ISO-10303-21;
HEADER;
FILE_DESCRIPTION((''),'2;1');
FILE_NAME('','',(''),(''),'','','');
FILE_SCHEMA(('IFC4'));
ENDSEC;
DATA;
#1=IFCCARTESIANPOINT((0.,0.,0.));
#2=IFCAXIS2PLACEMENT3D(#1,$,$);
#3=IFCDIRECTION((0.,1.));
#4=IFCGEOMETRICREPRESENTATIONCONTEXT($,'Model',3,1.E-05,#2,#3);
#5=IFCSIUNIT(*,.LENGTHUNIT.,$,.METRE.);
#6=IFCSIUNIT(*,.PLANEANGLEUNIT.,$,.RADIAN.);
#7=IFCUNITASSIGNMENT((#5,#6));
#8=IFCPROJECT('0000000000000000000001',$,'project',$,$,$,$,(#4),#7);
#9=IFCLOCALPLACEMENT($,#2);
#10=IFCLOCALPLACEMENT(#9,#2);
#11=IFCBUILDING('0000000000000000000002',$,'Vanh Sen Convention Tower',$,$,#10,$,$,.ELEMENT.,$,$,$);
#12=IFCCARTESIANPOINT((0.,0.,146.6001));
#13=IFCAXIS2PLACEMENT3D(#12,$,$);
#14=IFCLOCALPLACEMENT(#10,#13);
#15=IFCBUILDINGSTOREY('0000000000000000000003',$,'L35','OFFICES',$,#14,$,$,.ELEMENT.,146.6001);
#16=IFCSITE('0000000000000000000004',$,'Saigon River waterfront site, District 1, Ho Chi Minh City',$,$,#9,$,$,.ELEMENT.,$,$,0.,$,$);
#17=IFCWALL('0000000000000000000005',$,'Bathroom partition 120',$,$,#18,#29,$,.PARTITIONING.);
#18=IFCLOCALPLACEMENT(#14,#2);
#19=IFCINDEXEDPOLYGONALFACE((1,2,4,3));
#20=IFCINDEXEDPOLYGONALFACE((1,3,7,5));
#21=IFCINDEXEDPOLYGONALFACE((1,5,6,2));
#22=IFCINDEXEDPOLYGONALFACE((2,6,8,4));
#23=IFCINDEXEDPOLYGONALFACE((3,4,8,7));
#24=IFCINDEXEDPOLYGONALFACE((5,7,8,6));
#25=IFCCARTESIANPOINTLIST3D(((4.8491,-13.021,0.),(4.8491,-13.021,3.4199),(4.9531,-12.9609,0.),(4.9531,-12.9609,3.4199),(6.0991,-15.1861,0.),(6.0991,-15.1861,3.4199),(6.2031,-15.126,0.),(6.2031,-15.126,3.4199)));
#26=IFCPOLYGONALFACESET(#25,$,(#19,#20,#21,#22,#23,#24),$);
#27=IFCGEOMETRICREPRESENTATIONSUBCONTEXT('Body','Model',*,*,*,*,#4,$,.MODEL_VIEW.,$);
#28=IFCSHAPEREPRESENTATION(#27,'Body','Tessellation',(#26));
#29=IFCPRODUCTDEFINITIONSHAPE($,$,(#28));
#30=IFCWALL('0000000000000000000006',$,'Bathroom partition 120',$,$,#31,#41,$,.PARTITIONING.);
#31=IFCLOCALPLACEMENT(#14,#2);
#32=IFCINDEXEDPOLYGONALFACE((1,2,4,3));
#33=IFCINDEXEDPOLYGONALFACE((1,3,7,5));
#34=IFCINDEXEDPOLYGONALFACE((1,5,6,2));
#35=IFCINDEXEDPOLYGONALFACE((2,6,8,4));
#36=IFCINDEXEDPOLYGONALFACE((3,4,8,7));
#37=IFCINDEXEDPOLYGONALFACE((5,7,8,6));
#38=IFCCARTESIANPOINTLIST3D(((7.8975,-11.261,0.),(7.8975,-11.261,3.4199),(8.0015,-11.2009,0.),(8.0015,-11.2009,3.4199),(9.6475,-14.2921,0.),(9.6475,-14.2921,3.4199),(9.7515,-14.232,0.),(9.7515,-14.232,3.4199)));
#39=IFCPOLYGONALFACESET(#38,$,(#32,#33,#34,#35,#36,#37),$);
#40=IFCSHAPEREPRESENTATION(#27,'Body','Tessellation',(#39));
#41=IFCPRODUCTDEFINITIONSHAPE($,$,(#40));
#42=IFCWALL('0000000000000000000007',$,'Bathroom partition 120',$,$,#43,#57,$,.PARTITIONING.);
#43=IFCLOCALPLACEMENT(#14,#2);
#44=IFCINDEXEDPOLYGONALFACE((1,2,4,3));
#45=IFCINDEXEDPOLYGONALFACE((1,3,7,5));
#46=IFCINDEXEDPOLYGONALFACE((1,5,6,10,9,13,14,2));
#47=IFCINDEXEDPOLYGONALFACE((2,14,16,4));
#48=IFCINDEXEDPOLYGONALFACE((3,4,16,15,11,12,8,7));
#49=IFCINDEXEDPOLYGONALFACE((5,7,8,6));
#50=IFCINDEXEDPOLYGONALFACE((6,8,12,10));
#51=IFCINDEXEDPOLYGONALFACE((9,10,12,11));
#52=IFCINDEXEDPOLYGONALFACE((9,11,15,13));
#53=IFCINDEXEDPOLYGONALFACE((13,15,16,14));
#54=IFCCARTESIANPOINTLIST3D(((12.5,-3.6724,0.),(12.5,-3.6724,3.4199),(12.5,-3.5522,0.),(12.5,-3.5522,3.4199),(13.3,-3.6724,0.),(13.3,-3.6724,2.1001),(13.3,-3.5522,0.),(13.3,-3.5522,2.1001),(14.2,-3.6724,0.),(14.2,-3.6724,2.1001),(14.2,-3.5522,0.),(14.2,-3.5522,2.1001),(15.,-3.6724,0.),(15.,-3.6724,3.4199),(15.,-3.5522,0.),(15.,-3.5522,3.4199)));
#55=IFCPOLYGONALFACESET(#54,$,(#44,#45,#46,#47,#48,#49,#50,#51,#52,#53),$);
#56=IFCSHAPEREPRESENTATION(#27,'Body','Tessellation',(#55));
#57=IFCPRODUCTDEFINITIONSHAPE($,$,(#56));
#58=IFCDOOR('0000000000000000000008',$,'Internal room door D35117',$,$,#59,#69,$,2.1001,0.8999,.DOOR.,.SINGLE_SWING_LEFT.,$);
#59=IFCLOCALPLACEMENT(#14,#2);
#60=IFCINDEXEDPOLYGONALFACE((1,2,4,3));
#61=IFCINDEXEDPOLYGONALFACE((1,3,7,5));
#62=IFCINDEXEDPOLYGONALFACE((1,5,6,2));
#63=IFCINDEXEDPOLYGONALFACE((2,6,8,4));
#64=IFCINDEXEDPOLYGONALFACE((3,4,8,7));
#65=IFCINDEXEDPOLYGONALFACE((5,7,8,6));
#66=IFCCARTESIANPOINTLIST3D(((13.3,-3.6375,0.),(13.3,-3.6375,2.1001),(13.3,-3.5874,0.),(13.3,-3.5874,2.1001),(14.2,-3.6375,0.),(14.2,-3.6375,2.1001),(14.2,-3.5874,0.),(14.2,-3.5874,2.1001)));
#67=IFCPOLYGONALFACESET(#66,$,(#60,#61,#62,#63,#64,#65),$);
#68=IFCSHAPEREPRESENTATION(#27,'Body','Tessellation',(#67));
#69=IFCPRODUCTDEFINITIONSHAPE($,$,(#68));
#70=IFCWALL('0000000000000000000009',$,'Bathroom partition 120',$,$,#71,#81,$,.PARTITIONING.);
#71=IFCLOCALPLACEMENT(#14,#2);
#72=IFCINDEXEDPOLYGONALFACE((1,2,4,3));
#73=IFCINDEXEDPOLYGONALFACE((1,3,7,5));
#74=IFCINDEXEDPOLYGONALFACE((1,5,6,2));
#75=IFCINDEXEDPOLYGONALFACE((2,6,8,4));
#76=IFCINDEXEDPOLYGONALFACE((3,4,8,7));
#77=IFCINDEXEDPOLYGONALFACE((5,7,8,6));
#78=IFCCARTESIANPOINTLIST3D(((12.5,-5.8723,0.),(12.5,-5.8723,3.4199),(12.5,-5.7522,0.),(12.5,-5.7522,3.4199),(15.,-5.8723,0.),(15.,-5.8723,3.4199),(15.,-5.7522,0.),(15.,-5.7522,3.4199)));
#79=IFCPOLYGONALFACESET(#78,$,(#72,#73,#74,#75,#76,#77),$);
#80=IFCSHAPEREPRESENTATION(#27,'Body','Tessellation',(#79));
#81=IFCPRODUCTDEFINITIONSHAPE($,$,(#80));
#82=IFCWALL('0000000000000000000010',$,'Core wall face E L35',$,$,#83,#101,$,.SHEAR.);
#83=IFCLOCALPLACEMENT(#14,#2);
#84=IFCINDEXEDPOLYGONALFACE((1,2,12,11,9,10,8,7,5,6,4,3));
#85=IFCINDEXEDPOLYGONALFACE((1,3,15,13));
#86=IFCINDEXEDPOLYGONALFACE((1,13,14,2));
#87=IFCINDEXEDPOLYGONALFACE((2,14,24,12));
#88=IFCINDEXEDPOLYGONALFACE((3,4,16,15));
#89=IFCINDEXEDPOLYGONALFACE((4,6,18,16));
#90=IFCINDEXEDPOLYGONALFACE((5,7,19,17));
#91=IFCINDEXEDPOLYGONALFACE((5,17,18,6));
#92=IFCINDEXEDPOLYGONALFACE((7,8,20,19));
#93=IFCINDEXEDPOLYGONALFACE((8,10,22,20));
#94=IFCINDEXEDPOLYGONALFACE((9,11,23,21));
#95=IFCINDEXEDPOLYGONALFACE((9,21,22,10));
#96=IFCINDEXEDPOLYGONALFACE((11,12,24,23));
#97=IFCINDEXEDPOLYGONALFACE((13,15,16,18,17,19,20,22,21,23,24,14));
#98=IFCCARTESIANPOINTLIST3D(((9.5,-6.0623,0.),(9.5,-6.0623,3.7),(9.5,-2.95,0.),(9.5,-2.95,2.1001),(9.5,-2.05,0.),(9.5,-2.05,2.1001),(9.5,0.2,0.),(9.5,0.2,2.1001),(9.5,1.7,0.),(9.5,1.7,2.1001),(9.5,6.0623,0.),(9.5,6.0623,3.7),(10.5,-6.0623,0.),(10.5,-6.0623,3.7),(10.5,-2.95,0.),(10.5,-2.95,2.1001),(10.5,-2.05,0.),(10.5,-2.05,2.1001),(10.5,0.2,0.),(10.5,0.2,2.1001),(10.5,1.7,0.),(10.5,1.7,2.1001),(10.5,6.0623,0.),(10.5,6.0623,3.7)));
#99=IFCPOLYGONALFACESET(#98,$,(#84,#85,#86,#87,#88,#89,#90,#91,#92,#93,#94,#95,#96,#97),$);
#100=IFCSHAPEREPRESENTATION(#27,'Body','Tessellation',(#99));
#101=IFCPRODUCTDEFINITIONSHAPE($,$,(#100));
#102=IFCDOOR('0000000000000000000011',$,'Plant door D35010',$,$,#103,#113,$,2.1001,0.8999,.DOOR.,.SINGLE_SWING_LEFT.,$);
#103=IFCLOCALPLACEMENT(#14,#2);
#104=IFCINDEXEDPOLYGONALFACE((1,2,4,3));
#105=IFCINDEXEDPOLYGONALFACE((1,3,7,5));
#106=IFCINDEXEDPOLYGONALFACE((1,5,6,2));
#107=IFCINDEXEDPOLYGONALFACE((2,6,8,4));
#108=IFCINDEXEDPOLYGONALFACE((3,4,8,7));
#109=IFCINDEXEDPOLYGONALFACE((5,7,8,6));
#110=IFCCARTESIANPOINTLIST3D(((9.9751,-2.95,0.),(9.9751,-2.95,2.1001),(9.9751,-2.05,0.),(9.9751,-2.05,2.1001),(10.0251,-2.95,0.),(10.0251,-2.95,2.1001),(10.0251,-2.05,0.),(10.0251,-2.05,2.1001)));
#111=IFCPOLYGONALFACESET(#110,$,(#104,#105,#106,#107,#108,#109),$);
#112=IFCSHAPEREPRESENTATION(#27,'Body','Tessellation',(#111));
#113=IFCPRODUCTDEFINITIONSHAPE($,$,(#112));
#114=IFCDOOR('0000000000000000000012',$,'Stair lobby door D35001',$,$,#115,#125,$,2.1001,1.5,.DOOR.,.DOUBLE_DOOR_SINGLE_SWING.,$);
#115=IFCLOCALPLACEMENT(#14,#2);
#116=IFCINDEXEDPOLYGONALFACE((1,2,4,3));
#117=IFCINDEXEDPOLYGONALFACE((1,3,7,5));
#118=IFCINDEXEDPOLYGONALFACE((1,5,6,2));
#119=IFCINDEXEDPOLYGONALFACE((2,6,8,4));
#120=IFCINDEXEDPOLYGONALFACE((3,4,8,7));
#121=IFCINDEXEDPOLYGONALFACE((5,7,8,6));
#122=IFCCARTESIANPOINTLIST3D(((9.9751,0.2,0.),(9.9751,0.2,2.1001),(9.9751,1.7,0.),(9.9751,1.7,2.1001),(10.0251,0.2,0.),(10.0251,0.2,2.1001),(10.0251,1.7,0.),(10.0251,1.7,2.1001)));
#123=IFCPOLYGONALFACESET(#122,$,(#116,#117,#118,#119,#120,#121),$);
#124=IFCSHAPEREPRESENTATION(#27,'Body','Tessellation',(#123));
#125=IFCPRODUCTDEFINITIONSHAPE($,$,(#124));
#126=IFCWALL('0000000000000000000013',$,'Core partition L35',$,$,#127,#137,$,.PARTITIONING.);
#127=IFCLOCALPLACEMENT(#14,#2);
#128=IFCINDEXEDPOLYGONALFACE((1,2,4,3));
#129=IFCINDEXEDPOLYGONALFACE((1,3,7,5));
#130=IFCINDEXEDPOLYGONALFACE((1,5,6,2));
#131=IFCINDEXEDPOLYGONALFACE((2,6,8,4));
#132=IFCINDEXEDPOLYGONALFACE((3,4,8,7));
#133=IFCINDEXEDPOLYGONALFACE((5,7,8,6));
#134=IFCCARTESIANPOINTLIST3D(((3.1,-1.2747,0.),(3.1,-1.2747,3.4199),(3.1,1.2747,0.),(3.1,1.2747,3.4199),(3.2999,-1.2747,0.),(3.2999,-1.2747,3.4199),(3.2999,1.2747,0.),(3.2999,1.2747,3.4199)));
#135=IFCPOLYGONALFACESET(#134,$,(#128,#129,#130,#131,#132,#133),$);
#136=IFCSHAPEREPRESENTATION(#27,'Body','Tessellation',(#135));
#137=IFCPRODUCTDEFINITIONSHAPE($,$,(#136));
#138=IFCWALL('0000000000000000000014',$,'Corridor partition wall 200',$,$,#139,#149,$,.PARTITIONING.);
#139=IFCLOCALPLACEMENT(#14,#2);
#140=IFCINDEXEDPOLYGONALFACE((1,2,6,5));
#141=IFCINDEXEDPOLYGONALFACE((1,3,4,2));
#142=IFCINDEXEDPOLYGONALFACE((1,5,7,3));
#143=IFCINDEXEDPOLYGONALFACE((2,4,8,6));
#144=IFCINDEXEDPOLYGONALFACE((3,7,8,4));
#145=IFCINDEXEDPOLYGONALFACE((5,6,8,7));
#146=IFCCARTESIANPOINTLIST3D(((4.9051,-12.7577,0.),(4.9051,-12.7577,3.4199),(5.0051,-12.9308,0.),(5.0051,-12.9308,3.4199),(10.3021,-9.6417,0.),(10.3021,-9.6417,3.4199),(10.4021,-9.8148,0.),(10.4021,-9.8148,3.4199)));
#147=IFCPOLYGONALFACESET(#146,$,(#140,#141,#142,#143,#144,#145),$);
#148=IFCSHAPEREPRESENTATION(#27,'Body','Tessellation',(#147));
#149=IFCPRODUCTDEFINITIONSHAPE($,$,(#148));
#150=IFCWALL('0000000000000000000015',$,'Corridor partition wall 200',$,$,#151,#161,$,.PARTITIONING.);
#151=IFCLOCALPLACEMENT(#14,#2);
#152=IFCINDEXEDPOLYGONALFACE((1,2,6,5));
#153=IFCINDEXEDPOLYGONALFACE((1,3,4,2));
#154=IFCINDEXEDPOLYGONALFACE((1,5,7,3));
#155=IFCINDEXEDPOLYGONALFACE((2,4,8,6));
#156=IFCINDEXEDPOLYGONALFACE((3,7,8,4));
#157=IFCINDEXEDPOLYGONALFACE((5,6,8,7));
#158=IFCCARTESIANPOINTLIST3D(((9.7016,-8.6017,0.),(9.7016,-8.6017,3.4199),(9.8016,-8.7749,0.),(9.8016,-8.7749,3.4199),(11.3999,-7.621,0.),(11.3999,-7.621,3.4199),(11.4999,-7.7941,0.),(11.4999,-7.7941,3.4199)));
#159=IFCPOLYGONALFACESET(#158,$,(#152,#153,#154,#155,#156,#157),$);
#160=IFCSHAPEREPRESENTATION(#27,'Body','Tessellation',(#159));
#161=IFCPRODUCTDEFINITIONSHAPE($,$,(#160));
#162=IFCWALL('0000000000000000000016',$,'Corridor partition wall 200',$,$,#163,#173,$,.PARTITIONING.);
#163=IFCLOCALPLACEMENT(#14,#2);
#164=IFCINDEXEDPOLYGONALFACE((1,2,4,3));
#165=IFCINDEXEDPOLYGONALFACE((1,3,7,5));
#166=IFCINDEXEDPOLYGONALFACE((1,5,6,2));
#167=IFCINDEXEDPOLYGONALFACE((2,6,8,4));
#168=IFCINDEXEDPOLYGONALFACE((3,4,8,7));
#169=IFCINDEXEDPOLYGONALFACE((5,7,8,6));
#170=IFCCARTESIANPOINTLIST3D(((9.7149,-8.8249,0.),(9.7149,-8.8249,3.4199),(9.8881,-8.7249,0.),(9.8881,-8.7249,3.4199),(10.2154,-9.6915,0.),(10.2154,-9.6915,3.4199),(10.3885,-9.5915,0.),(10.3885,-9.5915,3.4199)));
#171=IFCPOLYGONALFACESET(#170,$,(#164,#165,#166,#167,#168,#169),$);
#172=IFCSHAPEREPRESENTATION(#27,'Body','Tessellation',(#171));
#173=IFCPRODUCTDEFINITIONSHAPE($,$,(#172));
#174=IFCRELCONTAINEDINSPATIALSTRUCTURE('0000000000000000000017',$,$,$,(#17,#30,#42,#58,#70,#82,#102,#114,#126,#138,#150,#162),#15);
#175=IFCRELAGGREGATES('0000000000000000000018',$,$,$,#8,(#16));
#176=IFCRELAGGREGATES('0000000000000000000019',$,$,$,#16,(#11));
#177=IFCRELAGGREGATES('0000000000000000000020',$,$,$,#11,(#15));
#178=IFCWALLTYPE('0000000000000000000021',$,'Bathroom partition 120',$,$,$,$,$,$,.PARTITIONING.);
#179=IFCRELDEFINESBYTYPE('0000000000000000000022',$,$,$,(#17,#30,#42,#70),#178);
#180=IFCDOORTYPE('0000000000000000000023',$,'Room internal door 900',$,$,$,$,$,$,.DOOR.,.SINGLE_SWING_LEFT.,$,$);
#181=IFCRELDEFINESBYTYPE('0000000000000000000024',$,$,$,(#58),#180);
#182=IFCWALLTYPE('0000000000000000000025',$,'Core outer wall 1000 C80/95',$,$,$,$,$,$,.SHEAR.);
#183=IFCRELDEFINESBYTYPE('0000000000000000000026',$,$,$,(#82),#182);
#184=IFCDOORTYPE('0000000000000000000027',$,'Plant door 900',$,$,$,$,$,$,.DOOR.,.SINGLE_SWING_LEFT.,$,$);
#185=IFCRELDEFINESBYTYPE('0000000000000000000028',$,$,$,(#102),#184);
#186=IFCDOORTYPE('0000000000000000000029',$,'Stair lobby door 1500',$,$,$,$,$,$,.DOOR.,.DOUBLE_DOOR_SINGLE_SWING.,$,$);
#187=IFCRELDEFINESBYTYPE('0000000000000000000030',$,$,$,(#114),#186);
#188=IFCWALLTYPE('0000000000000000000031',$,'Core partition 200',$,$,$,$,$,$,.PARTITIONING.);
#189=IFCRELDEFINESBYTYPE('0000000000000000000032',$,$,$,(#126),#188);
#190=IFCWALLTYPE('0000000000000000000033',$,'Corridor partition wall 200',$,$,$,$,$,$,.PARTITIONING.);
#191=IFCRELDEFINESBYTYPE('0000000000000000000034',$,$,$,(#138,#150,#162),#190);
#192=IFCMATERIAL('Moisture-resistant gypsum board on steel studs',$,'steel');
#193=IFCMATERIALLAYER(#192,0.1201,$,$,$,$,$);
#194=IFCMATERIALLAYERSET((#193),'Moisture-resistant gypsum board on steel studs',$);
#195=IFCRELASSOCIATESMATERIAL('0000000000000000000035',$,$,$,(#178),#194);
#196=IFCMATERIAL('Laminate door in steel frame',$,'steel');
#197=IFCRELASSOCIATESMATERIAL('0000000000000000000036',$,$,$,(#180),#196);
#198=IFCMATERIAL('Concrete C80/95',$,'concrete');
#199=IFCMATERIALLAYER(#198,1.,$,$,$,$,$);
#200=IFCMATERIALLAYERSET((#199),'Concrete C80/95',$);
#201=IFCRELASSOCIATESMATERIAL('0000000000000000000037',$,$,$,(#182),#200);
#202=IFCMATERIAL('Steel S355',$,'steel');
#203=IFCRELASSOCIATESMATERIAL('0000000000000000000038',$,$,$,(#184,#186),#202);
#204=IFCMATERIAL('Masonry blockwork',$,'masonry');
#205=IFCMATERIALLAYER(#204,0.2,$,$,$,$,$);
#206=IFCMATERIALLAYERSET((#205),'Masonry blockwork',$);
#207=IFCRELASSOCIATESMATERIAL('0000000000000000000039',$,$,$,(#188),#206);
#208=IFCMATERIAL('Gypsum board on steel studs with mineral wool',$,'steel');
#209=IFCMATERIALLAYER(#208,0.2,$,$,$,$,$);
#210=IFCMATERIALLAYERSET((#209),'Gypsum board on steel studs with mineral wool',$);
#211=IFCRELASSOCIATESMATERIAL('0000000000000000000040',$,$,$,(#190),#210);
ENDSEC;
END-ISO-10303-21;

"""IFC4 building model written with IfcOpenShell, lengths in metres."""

from ifc_helpers import new_model, si_unit, direction, frame, frame_2d, origin, place, context, subcontext, project, spatial, rectangle, extrude, material, layer, layer_set, type_object, element, fill, save


model = new_model("IFC4")

# Units and contexts
model_context = context("Model", 3, precision=1e-05, world=origin(), true_north=direction((0.0, 1.0)))
body_context = subcontext(model_context, "Body", "Model", "MODEL_VIEW")
ifc_project = project(units=[si_unit("LENGTHUNIT", "METRE"), si_unit("PLANEANGLEUNIT", "RADIAN")], contexts=[model_context])

# Site, building, storey
site_placement = place(None, origin())
site = spatial("IfcSite", under=ifc_project, at=site_placement, Name="Saigon River waterfront site, District 1, Ho Chi Minh City", CompositionType="ELEMENT", RefElevation=0.0)
building_placement = place(site_placement, origin())
building = spatial("IfcBuilding", under=site, at=building_placement, Name="Vanh Sen Convention Tower", CompositionType="ELEMENT")
storey_placement = place(building_placement, frame((0.0, 0.0, 146.6001)))
storey = spatial("IfcBuildingStorey", under=building, at=storey_placement, Name="L35", Description="OFFICES", CompositionType="ELEMENT", Elevation=146.6001)

# Walls
ifc_material_1 = material(Name="Moisture-resistant gypsum board on steel studs", Category="steel")
ifc_layer_1 = layer(ifc_material_1, 0.1201)
ifc_layer_set_1 = layer_set([ifc_layer_1], Name="Moisture-resistant gypsum board on steel studs")
wall_type_1 = type_object("IfcWallType", Name="Bathroom partition 120", PredefinedType="PARTITIONING", material=ifc_layer_set_1)
wall_1_placement = place(storey_placement, frame((4.9011, -12.991, 0.0), z_axis=(0.0, 0.0, 1.0), x_axis=(0.500004, -0.866023, 0.0)))
element("IfcWall", 1, at=wall_1_placement, inside=storey, type_object=wall_type_1, Name="Bathroom partition 120", PredefinedType="PARTITIONING", context=body_context, shape_type="SweptSolid", body=[
    extrude(rectangle(XDim=2.5, YDim=0.1201, at=frame_2d((1.25, 0.0))), origin(), (0.0, 0.0, 1.0), 3.4199),
])
wall_2_placement = place(storey_placement, frame((7.9495, -11.231, 0.0), z_axis=(0.0, 0.0, 1.0), x_axis=(0.50001, -0.866019, 0.0)))
element("IfcWall", 2, at=wall_2_placement, inside=storey, type_object=wall_type_1, Name="Bathroom partition 120", PredefinedType="PARTITIONING", context=body_context, shape_type="SweptSolid", body=[
    extrude(rectangle(XDim=3.5, YDim=0.1201, at=frame_2d((1.75, 0.0))), origin(), (0.0, 0.0, 1.0), 3.4199),
])

# Wall, opening, door
wall_3_placement = place(storey_placement, frame((12.5, -3.6123, 0.0), z_axis=(0.0, 0.0, 1.0), x_axis=(1.0, 0.0, 0.0)))
wall_3 = element("IfcWall", 3, at=wall_3_placement, inside=storey, type_object=wall_type_1, Name="Bathroom partition 120", PredefinedType="PARTITIONING", context=body_context, shape_type="SweptSolid", body=[
    extrude(rectangle(XDim=2.5, YDim=0.1201, at=frame_2d((1.25, 0.0))), origin(), (0.0, 0.0, 1.0), 3.4199),
])
opening_1_placement = place(wall_3_placement, frame((0.8, 0.0, 0.0)))
opening_1 = element("IfcOpeningElement", 4, at=opening_1_placement, cuts=wall_3, PredefinedType="OPENING", context=body_context, shape_type="SweptSolid", body=[
    extrude(rectangle(XDim=0.8999, YDim=2.1001, at=frame_2d((0.45, 1.05))), frame((0.0, 0.0701, 0.0), z_axis=(0.0, -1.0, 0.0), x_axis=(1.0, 0.0, 0.0)), (0.0, 0.0, 1.0), 0.1401),
])
ifc_material_2 = material(Name="Laminate door in steel frame", Category="steel")
door_type_1 = type_object("IfcDoorType", Name="Room internal door 900", OperationType="SINGLE_SWING_LEFT", PredefinedType="DOOR", material=ifc_material_2)
door_1_placement = place(opening_1_placement, origin())
door_1 = element("IfcDoor", 5, at=door_1_placement, inside=storey, type_object=door_type_1, Name="Internal room door D35117", OperationType="SINGLE_SWING_LEFT", OverallHeight=2.1001, OverallWidth=0.8999, PredefinedType="DOOR", context=body_context, shape_type="SweptSolid", body=[
    extrude(rectangle(XDim=0.8999, YDim=2.1001, at=frame_2d((0.45, 1.05))), frame((0.0, 0.0249, 0.0), z_axis=(0.0, -1.0, 0.0), x_axis=(1.0, 0.0, 0.0)), (0.0, 0.0, 1.0), 0.05),
])
fill(opening_1, door_1)

# Wall
wall_4_placement = place(storey_placement, frame((15.0, -5.8123, 0.0), z_axis=(0.0, 0.0, 1.0), x_axis=(-1.0, 0.0, 0.0)))
element("IfcWall", 6, at=wall_4_placement, inside=storey, type_object=wall_type_1, Name="Bathroom partition 120", PredefinedType="PARTITIONING", context=body_context, shape_type="SweptSolid", body=[
    extrude(rectangle(XDim=2.5, YDim=0.1201, at=frame_2d((1.25, 0.0))), origin(), (0.0, 0.0, 1.0), 3.4199),
])

# Wall, openings, doors
ifc_material_3 = material(Name="Concrete C80/95", Category="concrete")
ifc_layer_2 = layer(ifc_material_3, 1.0)
ifc_layer_set_2 = layer_set([ifc_layer_2], Name="Concrete C80/95")
wall_type_2 = type_object("IfcWallType", Name="Core outer wall 1000 C80/95", PredefinedType="SHEAR", material=ifc_layer_set_2)
wall_5_placement = place(storey_placement, frame((10.0, -6.0623, 0.0), z_axis=(0.0, 0.0, 1.0), x_axis=(0.0, 1.0, 0.0)))
wall_5 = element("IfcWall", 7, at=wall_5_placement, inside=storey, type_object=wall_type_2, Name="Core wall face E L35", PredefinedType="SHEAR", context=body_context, shape_type="SweptSolid", body=[
    extrude(rectangle(XDim=12.1245, YDim=1.0, at=frame_2d((6.0623, 0.0))), origin(), (0.0, 0.0, 1.0), 3.7),
])
opening_2_placement = place(wall_5_placement, frame((6.2622, 0.0, 0.0)))
opening_2 = element("IfcOpeningElement", 8, at=opening_2_placement, cuts=wall_5, PredefinedType="OPENING", context=body_context, shape_type="SweptSolid", body=[
    extrude(rectangle(XDim=1.5, YDim=2.1001, at=frame_2d((0.75, 1.05))), frame((0.0, 0.51, 0.0), z_axis=(0.0, -1.0, 0.0), x_axis=(1.0, 0.0, 0.0)), (0.0, 0.0, 1.0), 1.02),
])
opening_3_placement = place(wall_5_placement, frame((3.1123, 0.0, 0.0)))
opening_3 = element("IfcOpeningElement", 9, at=opening_3_placement, cuts=wall_5, PredefinedType="OPENING", context=body_context, shape_type="SweptSolid", body=[
    extrude(rectangle(XDim=0.8999, YDim=2.1001, at=frame_2d((0.45, 1.05))), frame((0.0, 0.51, 0.0), z_axis=(0.0, -1.0, 0.0), x_axis=(1.0, 0.0, 0.0)), (0.0, 0.0, 1.0), 1.02),
])
ifc_material_4 = material(Name="Steel S355", Category="steel")
door_type_2 = type_object("IfcDoorType", Name="Plant door 900", OperationType="SINGLE_SWING_LEFT", PredefinedType="DOOR", material=ifc_material_4)
door_2_placement = place(opening_3_placement, origin())
door_2 = element("IfcDoor", 10, at=door_2_placement, inside=storey, type_object=door_type_2, Name="Plant door D35010", OperationType="SINGLE_SWING_LEFT", OverallHeight=2.1001, OverallWidth=0.8999, PredefinedType="DOOR", context=body_context, shape_type="SweptSolid", body=[
    extrude(rectangle(XDim=0.8999, YDim=2.1001, at=frame_2d((0.45, 1.05))), frame((0.0, 0.0249, 0.0), z_axis=(0.0, -1.0, 0.0), x_axis=(1.0, 0.0, 0.0)), (0.0, 0.0, 1.0), 0.05),
])
fill(opening_3, door_2)
door_type_3 = type_object("IfcDoorType", Name="Stair lobby door 1500", OperationType="DOUBLE_DOOR_SINGLE_SWING", PredefinedType="DOOR", material=ifc_material_4)
door_3_placement = place(opening_2_placement, origin())
door_3 = element("IfcDoor", 11, at=door_3_placement, inside=storey, type_object=door_type_3, Name="Stair lobby door D35001", OperationType="DOUBLE_DOOR_SINGLE_SWING", OverallHeight=2.1001, OverallWidth=1.5, PredefinedType="DOOR", context=body_context, shape_type="SweptSolid", body=[
    extrude(rectangle(XDim=1.5, YDim=2.1001, at=frame_2d((0.75, 1.05))), frame((0.0, 0.0249, 0.0), z_axis=(0.0, -1.0, 0.0), x_axis=(1.0, 0.0, 0.0)), (0.0, 0.0, 1.0), 0.05),
])
fill(opening_2, door_3)

# Walls
ifc_material_5 = material(Name="Masonry blockwork", Category="masonry")
ifc_layer_3 = layer(ifc_material_5, 0.2)
ifc_layer_set_3 = layer_set([ifc_layer_3], Name="Masonry blockwork")
wall_type_3 = type_object("IfcWallType", Name="Core partition 200", PredefinedType="PARTITIONING", material=ifc_layer_set_3)
wall_6_placement = place(storey_placement, frame((3.2, -1.2747, 0.0), z_axis=(0.0, 0.0, 1.0), x_axis=(0.0, 1.0, 0.0)))
element("IfcWall", 12, at=wall_6_placement, inside=storey, type_object=wall_type_3, Name="Core partition L35", PredefinedType="PARTITIONING", context=body_context, shape_type="SweptSolid", body=[
    extrude(rectangle(XDim=2.5493, YDim=0.2, at=frame_2d((1.2747, 0.0))), origin(), (0.0, 0.0, 1.0), 3.4199),
])
ifc_material_6 = material(Name="Gypsum board on steel studs with mineral wool", Category="steel")
ifc_layer_4 = layer(ifc_material_6, 0.2)
ifc_layer_set_4 = layer_set([ifc_layer_4], Name="Gypsum board on steel studs with mineral wool")
wall_type_4 = type_object("IfcWallType", Name="Corridor partition wall 200", PredefinedType="PARTITIONING", material=ifc_layer_set_4)
wall_7_placement = place(storey_placement, frame((4.9551, -12.8442, 0.0), z_axis=(0.0, 0.0, 1.0), x_axis=(0.866024, 0.500003, 0.0)))
element("IfcWall", 13, at=wall_7_placement, inside=storey, type_object=wall_type_4, Name="Corridor partition wall 200", PredefinedType="PARTITIONING", context=body_context, shape_type="SweptSolid", body=[
    extrude(rectangle(XDim=6.2319, YDim=0.2, at=frame_2d((3.116, 0.0))), origin(), (0.0, 0.0, 1.0), 3.4199),
])
wall_8_placement = place(storey_placement, frame((9.7517, -8.6882, 0.0), z_axis=(0.0, 0.0, 1.0), x_axis=(0.865974, 0.500089, 0.0)))
element("IfcWall", 14, at=wall_8_placement, inside=storey, type_object=wall_type_4, Name="Corridor partition wall 200", PredefinedType="PARTITIONING", context=body_context, shape_type="SweptSolid", body=[
    extrude(rectangle(XDim=1.9612, YDim=0.2, at=frame_2d((0.9805, 0.0))), origin(), (0.0, 0.0, 1.0), 3.4199),
])
wall_9_placement = place(storey_placement, frame((10.302, -9.6416, 0.0), z_axis=(0.0, 0.0, 1.0), x_axis=(-0.500074, 0.865982, 0.0)))
element("IfcWall", 15, at=wall_9_placement, inside=storey, type_object=wall_type_4, Name="Corridor partition wall 200", PredefinedType="PARTITIONING", context=body_context, shape_type="SweptSolid", body=[
    extrude(rectangle(XDim=1.0007, YDim=0.2, at=frame_2d((0.5005, 0.0))), origin(), (0.0, 0.0, 1.0), 3.4199),
])

save(model, "model.ifc")
